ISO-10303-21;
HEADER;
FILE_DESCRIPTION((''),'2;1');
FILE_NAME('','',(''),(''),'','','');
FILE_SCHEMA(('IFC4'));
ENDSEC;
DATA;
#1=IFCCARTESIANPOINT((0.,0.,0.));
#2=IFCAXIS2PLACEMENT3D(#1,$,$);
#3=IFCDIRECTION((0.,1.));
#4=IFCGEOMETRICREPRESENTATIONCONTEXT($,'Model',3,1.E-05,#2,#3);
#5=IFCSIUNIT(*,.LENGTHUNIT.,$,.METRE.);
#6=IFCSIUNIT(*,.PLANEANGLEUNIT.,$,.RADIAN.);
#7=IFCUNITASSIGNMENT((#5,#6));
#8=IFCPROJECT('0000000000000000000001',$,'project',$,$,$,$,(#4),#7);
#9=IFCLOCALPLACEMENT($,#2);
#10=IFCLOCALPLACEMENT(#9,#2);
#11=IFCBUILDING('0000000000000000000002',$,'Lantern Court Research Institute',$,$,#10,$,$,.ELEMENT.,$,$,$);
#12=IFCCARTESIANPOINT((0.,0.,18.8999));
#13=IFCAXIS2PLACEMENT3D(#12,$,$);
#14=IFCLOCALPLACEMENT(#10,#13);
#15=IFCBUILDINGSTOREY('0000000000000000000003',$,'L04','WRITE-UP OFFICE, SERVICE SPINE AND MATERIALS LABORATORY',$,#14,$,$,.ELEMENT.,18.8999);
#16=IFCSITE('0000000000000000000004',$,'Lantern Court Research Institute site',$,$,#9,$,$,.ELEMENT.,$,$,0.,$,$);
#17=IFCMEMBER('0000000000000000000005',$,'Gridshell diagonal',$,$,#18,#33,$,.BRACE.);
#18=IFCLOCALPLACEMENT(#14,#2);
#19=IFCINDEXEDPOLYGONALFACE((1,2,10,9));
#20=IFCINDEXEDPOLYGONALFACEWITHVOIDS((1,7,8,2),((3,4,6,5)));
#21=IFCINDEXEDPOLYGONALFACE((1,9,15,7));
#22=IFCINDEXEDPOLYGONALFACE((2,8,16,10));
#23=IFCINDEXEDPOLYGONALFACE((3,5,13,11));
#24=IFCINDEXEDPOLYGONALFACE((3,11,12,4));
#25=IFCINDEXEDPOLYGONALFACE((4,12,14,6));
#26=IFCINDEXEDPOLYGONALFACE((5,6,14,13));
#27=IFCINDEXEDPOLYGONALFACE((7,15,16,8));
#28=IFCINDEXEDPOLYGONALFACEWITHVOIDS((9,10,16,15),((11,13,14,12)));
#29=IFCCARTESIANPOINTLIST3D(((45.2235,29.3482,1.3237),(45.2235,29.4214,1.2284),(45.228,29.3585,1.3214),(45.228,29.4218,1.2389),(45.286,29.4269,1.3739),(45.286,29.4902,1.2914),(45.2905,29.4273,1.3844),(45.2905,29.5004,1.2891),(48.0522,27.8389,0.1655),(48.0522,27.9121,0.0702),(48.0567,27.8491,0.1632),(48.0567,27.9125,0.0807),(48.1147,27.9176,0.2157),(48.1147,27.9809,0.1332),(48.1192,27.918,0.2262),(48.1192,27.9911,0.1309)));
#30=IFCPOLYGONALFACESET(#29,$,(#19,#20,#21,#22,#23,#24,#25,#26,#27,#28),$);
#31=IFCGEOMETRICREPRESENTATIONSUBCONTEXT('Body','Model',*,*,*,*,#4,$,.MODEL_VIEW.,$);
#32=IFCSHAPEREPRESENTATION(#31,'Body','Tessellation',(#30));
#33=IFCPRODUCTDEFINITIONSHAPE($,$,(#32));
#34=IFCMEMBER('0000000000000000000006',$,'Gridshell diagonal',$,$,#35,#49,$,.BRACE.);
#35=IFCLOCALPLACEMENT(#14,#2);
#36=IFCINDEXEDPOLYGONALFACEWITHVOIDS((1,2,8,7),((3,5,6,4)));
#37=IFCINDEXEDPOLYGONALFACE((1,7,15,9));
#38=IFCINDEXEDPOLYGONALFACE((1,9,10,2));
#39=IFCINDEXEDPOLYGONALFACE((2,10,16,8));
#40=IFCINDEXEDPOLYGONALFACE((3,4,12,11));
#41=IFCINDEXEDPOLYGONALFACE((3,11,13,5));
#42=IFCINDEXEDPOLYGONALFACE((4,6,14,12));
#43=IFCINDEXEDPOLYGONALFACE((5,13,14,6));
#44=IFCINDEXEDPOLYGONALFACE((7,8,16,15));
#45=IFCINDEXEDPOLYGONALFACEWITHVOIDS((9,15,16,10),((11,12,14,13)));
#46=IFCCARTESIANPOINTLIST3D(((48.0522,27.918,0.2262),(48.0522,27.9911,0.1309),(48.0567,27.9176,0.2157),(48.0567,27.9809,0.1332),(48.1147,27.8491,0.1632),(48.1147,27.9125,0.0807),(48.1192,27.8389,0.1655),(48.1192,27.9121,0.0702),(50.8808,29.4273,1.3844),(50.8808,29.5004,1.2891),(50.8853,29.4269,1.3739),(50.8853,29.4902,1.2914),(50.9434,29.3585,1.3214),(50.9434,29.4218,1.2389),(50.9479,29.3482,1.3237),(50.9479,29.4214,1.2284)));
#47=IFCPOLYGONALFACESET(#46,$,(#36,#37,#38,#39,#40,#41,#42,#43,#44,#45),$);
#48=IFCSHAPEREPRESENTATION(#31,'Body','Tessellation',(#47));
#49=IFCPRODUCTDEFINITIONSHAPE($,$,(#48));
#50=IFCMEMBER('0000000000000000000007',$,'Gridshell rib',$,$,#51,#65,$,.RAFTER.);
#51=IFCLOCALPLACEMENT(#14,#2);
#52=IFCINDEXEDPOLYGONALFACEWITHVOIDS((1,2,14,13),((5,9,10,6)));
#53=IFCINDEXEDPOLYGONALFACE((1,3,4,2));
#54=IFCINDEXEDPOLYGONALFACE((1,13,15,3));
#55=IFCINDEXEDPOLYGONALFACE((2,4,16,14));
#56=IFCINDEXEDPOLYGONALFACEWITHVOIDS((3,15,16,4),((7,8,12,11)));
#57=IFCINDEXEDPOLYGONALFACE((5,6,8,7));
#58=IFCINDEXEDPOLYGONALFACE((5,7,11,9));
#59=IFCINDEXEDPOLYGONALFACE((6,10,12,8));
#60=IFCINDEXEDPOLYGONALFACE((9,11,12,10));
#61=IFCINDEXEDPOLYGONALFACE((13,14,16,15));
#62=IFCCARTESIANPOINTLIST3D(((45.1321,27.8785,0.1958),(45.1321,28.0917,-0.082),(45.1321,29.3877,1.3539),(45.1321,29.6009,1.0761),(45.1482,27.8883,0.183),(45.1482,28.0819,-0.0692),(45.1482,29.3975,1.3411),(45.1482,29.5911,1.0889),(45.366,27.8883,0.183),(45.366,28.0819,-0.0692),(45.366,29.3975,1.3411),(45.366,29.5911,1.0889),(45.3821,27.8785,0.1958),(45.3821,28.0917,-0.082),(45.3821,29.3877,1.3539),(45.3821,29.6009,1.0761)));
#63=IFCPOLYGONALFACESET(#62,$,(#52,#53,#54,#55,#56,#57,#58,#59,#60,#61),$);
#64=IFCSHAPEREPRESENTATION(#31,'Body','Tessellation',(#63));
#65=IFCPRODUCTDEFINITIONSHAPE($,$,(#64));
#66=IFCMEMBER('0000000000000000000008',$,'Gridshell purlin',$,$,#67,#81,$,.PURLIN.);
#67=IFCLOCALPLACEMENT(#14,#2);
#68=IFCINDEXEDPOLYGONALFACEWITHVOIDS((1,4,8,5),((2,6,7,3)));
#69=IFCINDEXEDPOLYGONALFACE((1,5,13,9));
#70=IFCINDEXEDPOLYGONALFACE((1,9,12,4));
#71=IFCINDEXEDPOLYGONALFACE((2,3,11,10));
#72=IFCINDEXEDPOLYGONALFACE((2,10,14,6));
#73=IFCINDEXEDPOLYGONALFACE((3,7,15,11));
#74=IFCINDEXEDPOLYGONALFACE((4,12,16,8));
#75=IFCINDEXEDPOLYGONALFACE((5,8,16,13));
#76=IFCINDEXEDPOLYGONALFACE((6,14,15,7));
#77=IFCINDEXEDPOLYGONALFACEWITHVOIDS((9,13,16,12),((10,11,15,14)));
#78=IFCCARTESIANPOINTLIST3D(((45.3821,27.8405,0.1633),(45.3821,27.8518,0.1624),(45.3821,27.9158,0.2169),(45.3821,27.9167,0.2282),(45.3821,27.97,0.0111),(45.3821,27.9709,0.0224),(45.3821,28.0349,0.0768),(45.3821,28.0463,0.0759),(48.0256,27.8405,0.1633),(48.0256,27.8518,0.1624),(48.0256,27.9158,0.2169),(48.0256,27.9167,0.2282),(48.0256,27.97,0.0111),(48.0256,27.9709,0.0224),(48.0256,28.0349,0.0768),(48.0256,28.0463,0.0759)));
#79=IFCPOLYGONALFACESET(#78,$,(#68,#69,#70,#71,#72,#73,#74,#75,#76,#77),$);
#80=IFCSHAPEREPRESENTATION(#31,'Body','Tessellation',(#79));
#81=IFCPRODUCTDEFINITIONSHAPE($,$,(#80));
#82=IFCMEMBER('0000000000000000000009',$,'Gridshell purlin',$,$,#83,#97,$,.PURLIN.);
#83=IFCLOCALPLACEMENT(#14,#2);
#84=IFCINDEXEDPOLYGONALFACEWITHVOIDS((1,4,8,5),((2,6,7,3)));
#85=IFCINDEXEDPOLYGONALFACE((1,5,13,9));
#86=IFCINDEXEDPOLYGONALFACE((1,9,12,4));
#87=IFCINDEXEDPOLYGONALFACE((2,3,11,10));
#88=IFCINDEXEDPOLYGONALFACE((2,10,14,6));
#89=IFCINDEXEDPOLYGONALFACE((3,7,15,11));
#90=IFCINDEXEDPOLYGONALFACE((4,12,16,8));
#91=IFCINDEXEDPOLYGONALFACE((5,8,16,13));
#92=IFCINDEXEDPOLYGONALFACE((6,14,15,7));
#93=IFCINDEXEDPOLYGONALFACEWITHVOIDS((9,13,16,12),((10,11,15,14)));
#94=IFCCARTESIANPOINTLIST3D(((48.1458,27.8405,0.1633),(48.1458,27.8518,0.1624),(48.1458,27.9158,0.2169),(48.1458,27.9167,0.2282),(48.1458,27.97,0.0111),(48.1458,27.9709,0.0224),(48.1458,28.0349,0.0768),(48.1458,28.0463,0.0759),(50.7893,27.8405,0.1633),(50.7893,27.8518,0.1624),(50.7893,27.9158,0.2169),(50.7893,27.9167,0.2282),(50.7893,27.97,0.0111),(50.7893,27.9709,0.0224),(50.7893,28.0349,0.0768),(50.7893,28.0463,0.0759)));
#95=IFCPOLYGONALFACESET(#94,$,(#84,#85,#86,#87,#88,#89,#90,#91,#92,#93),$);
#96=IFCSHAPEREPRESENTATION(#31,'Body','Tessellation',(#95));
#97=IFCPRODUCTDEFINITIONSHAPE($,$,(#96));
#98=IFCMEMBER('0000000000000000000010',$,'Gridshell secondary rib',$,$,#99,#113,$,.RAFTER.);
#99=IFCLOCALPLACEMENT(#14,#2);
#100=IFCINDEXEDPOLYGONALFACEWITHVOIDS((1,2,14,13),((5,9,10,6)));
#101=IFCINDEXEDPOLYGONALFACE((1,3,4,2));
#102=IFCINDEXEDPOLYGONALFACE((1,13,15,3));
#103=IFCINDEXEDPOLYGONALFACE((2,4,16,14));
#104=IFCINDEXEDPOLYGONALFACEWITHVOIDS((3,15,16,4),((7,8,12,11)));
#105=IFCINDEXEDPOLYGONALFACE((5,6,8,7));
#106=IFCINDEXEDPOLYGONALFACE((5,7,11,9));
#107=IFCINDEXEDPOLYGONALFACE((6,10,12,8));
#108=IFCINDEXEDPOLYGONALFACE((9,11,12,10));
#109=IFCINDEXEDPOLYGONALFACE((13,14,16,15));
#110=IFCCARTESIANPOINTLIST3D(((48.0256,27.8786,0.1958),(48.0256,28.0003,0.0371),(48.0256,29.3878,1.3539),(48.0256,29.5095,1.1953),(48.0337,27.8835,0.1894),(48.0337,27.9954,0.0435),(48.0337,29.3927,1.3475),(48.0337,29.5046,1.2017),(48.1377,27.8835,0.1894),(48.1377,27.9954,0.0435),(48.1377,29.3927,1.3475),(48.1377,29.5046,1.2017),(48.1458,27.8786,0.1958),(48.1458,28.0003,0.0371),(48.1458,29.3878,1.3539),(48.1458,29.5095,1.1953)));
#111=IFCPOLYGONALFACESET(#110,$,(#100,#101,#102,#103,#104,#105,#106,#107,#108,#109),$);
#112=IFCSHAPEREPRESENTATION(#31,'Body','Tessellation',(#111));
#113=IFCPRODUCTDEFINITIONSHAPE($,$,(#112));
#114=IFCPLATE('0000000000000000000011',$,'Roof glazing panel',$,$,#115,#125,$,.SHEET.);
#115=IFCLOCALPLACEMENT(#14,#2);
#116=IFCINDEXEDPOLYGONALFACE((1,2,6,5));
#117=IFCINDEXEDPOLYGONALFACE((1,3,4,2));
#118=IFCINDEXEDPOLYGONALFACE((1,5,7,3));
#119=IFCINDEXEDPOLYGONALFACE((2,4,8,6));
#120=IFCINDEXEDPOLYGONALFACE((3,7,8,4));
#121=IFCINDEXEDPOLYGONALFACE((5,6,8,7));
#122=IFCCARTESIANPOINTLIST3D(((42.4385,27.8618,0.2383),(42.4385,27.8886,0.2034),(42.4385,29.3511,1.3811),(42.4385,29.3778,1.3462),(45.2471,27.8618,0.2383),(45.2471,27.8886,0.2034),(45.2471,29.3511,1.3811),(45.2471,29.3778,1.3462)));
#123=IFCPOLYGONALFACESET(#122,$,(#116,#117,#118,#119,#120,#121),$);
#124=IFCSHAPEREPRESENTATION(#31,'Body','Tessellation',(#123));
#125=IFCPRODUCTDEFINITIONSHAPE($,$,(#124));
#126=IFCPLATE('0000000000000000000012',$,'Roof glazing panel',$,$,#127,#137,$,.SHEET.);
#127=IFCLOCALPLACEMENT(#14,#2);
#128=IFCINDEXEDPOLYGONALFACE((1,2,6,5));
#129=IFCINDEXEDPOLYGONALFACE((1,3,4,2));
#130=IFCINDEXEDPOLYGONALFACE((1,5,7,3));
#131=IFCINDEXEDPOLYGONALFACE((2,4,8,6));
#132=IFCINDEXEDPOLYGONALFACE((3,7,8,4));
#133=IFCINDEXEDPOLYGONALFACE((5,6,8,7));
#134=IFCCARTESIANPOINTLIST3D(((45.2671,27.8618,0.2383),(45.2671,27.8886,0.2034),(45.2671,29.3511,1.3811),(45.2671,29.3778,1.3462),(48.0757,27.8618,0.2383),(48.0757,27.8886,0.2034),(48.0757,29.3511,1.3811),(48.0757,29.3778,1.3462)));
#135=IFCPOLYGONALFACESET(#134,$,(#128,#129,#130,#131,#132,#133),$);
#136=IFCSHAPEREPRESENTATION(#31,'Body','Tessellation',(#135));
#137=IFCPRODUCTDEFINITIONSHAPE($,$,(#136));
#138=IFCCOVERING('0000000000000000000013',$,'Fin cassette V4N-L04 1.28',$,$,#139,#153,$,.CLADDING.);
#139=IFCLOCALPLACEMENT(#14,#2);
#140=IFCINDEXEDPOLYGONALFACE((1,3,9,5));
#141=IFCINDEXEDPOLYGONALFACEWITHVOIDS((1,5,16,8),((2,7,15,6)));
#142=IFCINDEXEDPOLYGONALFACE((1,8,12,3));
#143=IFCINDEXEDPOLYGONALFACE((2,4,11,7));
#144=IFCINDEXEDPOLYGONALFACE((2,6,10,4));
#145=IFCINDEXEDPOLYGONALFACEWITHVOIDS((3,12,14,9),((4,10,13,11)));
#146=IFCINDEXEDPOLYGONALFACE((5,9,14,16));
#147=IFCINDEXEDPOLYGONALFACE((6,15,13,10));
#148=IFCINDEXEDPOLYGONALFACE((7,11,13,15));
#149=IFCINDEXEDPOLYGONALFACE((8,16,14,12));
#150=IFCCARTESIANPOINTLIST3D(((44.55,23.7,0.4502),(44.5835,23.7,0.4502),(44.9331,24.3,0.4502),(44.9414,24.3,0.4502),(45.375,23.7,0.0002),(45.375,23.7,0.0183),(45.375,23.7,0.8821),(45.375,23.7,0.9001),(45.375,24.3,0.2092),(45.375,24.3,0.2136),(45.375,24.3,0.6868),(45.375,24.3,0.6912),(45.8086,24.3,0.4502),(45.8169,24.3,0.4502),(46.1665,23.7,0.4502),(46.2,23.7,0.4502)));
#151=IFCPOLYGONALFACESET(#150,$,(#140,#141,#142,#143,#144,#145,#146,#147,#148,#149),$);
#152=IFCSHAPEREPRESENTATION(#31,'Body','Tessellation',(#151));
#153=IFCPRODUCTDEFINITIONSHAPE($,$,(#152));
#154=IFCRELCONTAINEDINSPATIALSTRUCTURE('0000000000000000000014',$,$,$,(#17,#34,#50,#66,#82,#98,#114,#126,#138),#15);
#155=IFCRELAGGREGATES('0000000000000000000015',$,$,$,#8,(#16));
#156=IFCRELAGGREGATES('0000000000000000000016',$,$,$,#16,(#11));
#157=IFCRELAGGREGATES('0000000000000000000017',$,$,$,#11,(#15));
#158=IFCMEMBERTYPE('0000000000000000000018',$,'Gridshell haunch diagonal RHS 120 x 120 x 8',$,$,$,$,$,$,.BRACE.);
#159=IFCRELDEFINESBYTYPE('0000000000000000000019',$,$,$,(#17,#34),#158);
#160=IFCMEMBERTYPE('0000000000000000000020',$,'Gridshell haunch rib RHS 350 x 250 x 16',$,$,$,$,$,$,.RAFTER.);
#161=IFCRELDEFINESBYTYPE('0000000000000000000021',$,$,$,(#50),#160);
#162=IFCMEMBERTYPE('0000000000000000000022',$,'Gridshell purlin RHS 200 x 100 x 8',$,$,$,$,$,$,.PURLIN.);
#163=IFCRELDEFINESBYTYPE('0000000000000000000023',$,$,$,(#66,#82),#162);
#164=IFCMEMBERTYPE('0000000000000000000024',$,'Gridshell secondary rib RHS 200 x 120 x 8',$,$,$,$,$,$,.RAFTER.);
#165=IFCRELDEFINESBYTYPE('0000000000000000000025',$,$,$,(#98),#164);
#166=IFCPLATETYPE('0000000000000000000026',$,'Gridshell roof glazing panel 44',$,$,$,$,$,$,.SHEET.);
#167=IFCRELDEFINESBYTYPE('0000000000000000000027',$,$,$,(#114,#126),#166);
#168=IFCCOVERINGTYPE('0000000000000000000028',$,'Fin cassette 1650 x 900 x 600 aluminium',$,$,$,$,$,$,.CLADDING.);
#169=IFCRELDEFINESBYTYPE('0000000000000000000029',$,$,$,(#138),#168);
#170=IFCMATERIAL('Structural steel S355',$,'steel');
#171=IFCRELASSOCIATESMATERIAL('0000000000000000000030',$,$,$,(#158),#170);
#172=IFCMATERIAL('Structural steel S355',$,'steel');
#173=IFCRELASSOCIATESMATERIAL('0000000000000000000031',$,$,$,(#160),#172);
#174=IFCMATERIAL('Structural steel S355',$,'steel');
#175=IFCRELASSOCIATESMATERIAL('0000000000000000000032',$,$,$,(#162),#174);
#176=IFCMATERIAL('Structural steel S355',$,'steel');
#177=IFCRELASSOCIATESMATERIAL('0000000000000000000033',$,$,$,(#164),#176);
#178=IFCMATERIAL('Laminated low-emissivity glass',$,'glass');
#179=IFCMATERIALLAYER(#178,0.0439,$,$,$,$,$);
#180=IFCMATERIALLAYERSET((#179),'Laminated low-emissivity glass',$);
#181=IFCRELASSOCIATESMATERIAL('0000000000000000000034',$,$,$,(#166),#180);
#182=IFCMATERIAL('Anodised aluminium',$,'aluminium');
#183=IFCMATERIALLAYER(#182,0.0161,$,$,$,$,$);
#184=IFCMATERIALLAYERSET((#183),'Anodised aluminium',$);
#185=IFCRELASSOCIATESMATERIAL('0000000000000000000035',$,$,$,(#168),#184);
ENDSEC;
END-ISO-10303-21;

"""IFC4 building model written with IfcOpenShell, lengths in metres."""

from ifc_helpers import new_model, entity, si_unit, direction, frame, origin, origin_2d, place, context, subcontext, project, spatial, polyline, hollow_rectangle, outline, extrude, material, layer, layer_set, material_profile, profile_set, type_object, element, save


model = new_model("IFC4")

# Units and contexts
model_context = context("Model", 3, precision=1e-05, world=origin(), true_north=direction((0.0, 1.0)))
body_context = subcontext(model_context, "Body", "Model", "MODEL_VIEW")
ifc_project = project(units=[si_unit("LENGTHUNIT", "METRE"), si_unit("PLANEANGLEUNIT", "RADIAN")], contexts=[model_context])

# Site, building, storey
site_placement = place(None, origin())
site = spatial("IfcSite", under=ifc_project, at=site_placement, Name="Lantern Court Research Institute site", CompositionType="ELEMENT", RefElevation=0.0)
building_placement = place(site_placement, origin())
building = spatial("IfcBuilding", under=site, at=building_placement, Name="Lantern Court Research Institute", CompositionType="ELEMENT")
storey_placement = place(building_placement, frame((0.0, 0.0, 18.8999)))
storey = spatial("IfcBuildingStorey", under=building, at=storey_placement, Name="L04", Description="WRITE-UP OFFICE, SERVICE SPINE AND MATERIALS LABORATORY", CompositionType="ELEMENT", Elevation=18.8999)

# Members
ifc_material_1 = material(Name="Structural steel S355", Category="steel")
ifc_material_profile_1 = material_profile(ifc_material_1, hollow_rectangle(XDim=0.1201, YDim=0.1201, WallThickness=0.0081, at=origin_2d()), Name="Gridshell haunch diagonal RHS 120 x 120 x 8")
ifc_profile_set_1 = profile_set([ifc_material_profile_1], Name="Structural steel S355")
member_type_1 = type_object("IfcMemberType", Name="Gridshell haunch diagonal RHS 120 x 120 x 8", PredefinedType="BRACE", material=ifc_profile_set_1)
for number, where, z_axis, x_axis, name in (
    (1, (48.0857, 27.915, 0.1482), (-0.82978, 0.44275, 0.339761), (-0.558091, -0.65828, -0.505176), "Gridshell diagonal"),
    (2, (48.0857, 27.915, 0.1482), (0.82978, 0.44275, 0.339761), (-0.558091, 0.65828, 0.505176), "Gridshell diagonal"),
):
    element("IfcMember", number, at=place(storey_placement, frame(where, z_axis=z_axis, x_axis=x_axis)), inside=storey, type_object=member_type_1, Name=name, PredefinedType="BRACE", context=body_context, shape_type="SweptSolid", body=[
        extrude(hollow_rectangle(XDim=0.1201, YDim=0.1201, WallThickness=0.0081, at=origin_2d()), origin(), (0.0, 0.0, 1.0), 3.4089),
    ])
ifc_material_2 = material(Name="Structural steel S355", Category="steel")
ifc_material_profile_2 = material_profile(ifc_material_2, hollow_rectangle(XDim=0.25, YDim=0.3501, WallThickness=0.0161, at=origin_2d()), Name="Gridshell haunch rib RHS 350 x 250 x 16")
ifc_profile_set_2 = profile_set([ifc_material_profile_2], Name="Structural steel S355")
member_type_2 = type_object("IfcMemberType", Name="Gridshell haunch rib RHS 350 x 250 x 16", PredefinedType="RAFTER", material=ifc_profile_set_2)
member_1_placement = place(storey_placement, frame((45.2571, 27.9851, 0.0569), z_axis=(0.0, 0.79333, 0.608792), x_axis=(-1.0, 0.0, 0.0)))
element("IfcMember", 3, at=member_1_placement, inside=storey, type_object=member_type_2, Name="Gridshell rib", PredefinedType="RAFTER", context=body_context, shape_type="SweptSolid", body=[
    extrude(hollow_rectangle(XDim=0.25, YDim=0.3501, WallThickness=0.0161, at=origin_2d()), origin(), (0.0, 0.0, 1.0), 1.9023),
])
ifc_material_3 = material(Name="Structural steel S355", Category="steel")
ifc_material_profile_3 = material_profile(ifc_material_3, hollow_rectangle(XDim=0.1001, YDim=0.2, WallThickness=0.0081, at=origin_2d()), Name="Gridshell purlin RHS 200 x 100 x 8")
ifc_profile_set_3 = profile_set([ifc_material_profile_3], Name="Structural steel S355")
member_type_3 = type_object("IfcMemberType", Name="Gridshell purlin RHS 200 x 100 x 8", PredefinedType="PURLIN", material=ifc_profile_set_3)
for number, where, z_axis, x_axis, name in (
    (4, (45.3821, 27.9434, 0.1196), (1.0, 0.0, 0.0), (0.0, 0.761673, 0.647962), "Gridshell purlin"),
    (5, (48.1458, 27.9434, 0.1196), (1.0, 0.0, 0.0), (0.0, 0.761673, 0.647962), "Gridshell purlin"),
):
    element("IfcMember", number, at=place(storey_placement, frame(where, z_axis=z_axis, x_axis=x_axis)), inside=storey, type_object=member_type_3, Name=name, PredefinedType="PURLIN", context=body_context, shape_type="SweptSolid", body=[
        extrude(hollow_rectangle(XDim=0.1001, YDim=0.2, WallThickness=0.0081, at=origin_2d()), origin(), (0.0, 0.0, 1.0), 2.6436),
    ])
ifc_material_4 = material(Name="Structural steel S355", Category="steel")
ifc_material_profile_4 = material_profile(ifc_material_4, hollow_rectangle(XDim=0.1201, YDim=0.2, WallThickness=0.0081, at=origin_2d()), Name="Gridshell secondary rib RHS 200 x 120 x 8")
ifc_profile_set_4 = profile_set([ifc_material_profile_4], Name="Structural steel S355")
member_type_4 = type_object("IfcMemberType", Name="Gridshell secondary rib RHS 200 x 120 x 8", PredefinedType="RAFTER", material=ifc_profile_set_4)
member_2_placement = place(storey_placement, frame((48.0857, 27.9395, 0.1165), z_axis=(0.0, 0.79333, 0.608792), x_axis=(-1.0, 0.0, 0.0)))
element("IfcMember", 6, at=member_2_placement, inside=storey, type_object=member_type_4, Name="Gridshell secondary rib", PredefinedType="RAFTER", context=body_context, shape_type="SweptSolid", body=[
    extrude(hollow_rectangle(XDim=0.1201, YDim=0.2, WallThickness=0.0081, at=origin_2d()), origin(), (0.0, 0.0, 1.0), 1.9023),
])

# Plates
ifc_material_5 = material(Name="Laminated low-emissivity glass", Category="glass")
ifc_layer_1 = layer(ifc_material_5, 0.0439)
ifc_layer_set_1 = layer_set([ifc_layer_1], Name="Laminated low-emissivity glass")
plate_type = type_object("IfcPlateType", Name="Gridshell roof glazing panel 44", PredefinedType="SHEET", material=ifc_layer_set_1)
for number, where, z_axis, x_axis, name in (
    (7, (45.2471, 27.8618, 0.2383), (0.0, -0.608786, 0.793334), (-1.0, 0.0, 0.0), "Roof glazing panel"),
    (8, (48.0757, 27.8618, 0.2383), (0.0, -0.608786, 0.793334), (-1.0, 0.0, 0.0), "Roof glazing panel"),
):
    element("IfcPlate", number, at=place(storey_placement, frame(where, z_axis=z_axis, x_axis=x_axis)), inside=storey, type_object=plate_type, Name=name, PredefinedType="SHEET", context=body_context, shape_type="SweptSolid", body=[
        extrude(outline(polyline([(0.0, 0.0), (2.8086, 0.0), (2.8086, -1.8772), (0.0, -1.8772), (0.0, 0.0)])), origin(), (0.0, 0.0, -1.0), 0.0439),
    ])

# Covering
ifc_material_6 = material(Name="Anodised aluminium", Category="aluminium")
ifc_layer_2 = layer(ifc_material_6, 0.0161)
ifc_layer_set_2 = layer_set([ifc_layer_2], Name="Anodised aluminium")
covering_type_1 = type_object("IfcCoveringType", Name="Fin cassette 1650 x 900 x 600 aluminium", PredefinedType="CLADDING", material=ifc_layer_set_2)
covering_1_placement = place(storey_placement, frame((45.375, 23.7, 0.4502), z_axis=(0.0, 1.0, 0.0), x_axis=(-1.0, 0.0, 0.0)))
cartesian_point_1 = entity("IfcCartesianPoint", [0.825, 0.0])
cartesian_point_2 = entity("IfcCartesianPoint", [0.7915, 0.0])
cartesian_point_3 = entity("IfcCartesianPoint", [0.4419, 0.0])
cartesian_point_4 = entity("IfcCartesianPoint", [0.4336, 0.0])
element("IfcCovering", 9, at=covering_1_placement, inside=storey, type_object=covering_type_1, Name="Fin cassette V4N-L04 1.28", PredefinedType="CLADDING", context=body_context, shape_type="SweptSolid", body=[
    entity("IfcExtrudedAreaSolidTapered", entity("IfcArbitraryProfileDefWithVoids", "AREA", None, entity("IfcPolyline", [cartesian_point_1, entity("IfcCartesianPoint", [0.0, 0.45]), entity("IfcCartesianPoint", [-0.825, 0.0]), entity("IfcCartesianPoint", [0.0, -0.45]), cartesian_point_1]), [entity("IfcPolyline", [cartesian_point_2, entity("IfcCartesianPoint", [0.0, 0.4319]), entity("IfcCartesianPoint", [-0.7915, 0.0]), entity("IfcCartesianPoint", [0.0, -0.4319]), cartesian_point_2])]), entity("IfcAxis2Placement3D", entity("IfcCartesianPoint", [0.0, 0.0, 0.0])), entity("IfcDirection", [0.0, 0.0, 1.0]), 0.6001, entity("IfcArbitraryProfileDefWithVoids", "AREA", None, entity("IfcPolyline", [cartesian_point_3, entity("IfcCartesianPoint", [0.0, 0.241]), entity("IfcCartesianPoint", [-0.4419, 0.0]), entity("IfcCartesianPoint", [0.0, -0.241]), cartesian_point_3]), [entity("IfcPolyline", [cartesian_point_4, entity("IfcCartesianPoint", [0.0, 0.2366]), entity("IfcCartesianPoint", [-0.4336, 0.0]), entity("IfcCartesianPoint", [0.0, -0.2366]), cartesian_point_4])])),
])

save(model, "model.ifc")
